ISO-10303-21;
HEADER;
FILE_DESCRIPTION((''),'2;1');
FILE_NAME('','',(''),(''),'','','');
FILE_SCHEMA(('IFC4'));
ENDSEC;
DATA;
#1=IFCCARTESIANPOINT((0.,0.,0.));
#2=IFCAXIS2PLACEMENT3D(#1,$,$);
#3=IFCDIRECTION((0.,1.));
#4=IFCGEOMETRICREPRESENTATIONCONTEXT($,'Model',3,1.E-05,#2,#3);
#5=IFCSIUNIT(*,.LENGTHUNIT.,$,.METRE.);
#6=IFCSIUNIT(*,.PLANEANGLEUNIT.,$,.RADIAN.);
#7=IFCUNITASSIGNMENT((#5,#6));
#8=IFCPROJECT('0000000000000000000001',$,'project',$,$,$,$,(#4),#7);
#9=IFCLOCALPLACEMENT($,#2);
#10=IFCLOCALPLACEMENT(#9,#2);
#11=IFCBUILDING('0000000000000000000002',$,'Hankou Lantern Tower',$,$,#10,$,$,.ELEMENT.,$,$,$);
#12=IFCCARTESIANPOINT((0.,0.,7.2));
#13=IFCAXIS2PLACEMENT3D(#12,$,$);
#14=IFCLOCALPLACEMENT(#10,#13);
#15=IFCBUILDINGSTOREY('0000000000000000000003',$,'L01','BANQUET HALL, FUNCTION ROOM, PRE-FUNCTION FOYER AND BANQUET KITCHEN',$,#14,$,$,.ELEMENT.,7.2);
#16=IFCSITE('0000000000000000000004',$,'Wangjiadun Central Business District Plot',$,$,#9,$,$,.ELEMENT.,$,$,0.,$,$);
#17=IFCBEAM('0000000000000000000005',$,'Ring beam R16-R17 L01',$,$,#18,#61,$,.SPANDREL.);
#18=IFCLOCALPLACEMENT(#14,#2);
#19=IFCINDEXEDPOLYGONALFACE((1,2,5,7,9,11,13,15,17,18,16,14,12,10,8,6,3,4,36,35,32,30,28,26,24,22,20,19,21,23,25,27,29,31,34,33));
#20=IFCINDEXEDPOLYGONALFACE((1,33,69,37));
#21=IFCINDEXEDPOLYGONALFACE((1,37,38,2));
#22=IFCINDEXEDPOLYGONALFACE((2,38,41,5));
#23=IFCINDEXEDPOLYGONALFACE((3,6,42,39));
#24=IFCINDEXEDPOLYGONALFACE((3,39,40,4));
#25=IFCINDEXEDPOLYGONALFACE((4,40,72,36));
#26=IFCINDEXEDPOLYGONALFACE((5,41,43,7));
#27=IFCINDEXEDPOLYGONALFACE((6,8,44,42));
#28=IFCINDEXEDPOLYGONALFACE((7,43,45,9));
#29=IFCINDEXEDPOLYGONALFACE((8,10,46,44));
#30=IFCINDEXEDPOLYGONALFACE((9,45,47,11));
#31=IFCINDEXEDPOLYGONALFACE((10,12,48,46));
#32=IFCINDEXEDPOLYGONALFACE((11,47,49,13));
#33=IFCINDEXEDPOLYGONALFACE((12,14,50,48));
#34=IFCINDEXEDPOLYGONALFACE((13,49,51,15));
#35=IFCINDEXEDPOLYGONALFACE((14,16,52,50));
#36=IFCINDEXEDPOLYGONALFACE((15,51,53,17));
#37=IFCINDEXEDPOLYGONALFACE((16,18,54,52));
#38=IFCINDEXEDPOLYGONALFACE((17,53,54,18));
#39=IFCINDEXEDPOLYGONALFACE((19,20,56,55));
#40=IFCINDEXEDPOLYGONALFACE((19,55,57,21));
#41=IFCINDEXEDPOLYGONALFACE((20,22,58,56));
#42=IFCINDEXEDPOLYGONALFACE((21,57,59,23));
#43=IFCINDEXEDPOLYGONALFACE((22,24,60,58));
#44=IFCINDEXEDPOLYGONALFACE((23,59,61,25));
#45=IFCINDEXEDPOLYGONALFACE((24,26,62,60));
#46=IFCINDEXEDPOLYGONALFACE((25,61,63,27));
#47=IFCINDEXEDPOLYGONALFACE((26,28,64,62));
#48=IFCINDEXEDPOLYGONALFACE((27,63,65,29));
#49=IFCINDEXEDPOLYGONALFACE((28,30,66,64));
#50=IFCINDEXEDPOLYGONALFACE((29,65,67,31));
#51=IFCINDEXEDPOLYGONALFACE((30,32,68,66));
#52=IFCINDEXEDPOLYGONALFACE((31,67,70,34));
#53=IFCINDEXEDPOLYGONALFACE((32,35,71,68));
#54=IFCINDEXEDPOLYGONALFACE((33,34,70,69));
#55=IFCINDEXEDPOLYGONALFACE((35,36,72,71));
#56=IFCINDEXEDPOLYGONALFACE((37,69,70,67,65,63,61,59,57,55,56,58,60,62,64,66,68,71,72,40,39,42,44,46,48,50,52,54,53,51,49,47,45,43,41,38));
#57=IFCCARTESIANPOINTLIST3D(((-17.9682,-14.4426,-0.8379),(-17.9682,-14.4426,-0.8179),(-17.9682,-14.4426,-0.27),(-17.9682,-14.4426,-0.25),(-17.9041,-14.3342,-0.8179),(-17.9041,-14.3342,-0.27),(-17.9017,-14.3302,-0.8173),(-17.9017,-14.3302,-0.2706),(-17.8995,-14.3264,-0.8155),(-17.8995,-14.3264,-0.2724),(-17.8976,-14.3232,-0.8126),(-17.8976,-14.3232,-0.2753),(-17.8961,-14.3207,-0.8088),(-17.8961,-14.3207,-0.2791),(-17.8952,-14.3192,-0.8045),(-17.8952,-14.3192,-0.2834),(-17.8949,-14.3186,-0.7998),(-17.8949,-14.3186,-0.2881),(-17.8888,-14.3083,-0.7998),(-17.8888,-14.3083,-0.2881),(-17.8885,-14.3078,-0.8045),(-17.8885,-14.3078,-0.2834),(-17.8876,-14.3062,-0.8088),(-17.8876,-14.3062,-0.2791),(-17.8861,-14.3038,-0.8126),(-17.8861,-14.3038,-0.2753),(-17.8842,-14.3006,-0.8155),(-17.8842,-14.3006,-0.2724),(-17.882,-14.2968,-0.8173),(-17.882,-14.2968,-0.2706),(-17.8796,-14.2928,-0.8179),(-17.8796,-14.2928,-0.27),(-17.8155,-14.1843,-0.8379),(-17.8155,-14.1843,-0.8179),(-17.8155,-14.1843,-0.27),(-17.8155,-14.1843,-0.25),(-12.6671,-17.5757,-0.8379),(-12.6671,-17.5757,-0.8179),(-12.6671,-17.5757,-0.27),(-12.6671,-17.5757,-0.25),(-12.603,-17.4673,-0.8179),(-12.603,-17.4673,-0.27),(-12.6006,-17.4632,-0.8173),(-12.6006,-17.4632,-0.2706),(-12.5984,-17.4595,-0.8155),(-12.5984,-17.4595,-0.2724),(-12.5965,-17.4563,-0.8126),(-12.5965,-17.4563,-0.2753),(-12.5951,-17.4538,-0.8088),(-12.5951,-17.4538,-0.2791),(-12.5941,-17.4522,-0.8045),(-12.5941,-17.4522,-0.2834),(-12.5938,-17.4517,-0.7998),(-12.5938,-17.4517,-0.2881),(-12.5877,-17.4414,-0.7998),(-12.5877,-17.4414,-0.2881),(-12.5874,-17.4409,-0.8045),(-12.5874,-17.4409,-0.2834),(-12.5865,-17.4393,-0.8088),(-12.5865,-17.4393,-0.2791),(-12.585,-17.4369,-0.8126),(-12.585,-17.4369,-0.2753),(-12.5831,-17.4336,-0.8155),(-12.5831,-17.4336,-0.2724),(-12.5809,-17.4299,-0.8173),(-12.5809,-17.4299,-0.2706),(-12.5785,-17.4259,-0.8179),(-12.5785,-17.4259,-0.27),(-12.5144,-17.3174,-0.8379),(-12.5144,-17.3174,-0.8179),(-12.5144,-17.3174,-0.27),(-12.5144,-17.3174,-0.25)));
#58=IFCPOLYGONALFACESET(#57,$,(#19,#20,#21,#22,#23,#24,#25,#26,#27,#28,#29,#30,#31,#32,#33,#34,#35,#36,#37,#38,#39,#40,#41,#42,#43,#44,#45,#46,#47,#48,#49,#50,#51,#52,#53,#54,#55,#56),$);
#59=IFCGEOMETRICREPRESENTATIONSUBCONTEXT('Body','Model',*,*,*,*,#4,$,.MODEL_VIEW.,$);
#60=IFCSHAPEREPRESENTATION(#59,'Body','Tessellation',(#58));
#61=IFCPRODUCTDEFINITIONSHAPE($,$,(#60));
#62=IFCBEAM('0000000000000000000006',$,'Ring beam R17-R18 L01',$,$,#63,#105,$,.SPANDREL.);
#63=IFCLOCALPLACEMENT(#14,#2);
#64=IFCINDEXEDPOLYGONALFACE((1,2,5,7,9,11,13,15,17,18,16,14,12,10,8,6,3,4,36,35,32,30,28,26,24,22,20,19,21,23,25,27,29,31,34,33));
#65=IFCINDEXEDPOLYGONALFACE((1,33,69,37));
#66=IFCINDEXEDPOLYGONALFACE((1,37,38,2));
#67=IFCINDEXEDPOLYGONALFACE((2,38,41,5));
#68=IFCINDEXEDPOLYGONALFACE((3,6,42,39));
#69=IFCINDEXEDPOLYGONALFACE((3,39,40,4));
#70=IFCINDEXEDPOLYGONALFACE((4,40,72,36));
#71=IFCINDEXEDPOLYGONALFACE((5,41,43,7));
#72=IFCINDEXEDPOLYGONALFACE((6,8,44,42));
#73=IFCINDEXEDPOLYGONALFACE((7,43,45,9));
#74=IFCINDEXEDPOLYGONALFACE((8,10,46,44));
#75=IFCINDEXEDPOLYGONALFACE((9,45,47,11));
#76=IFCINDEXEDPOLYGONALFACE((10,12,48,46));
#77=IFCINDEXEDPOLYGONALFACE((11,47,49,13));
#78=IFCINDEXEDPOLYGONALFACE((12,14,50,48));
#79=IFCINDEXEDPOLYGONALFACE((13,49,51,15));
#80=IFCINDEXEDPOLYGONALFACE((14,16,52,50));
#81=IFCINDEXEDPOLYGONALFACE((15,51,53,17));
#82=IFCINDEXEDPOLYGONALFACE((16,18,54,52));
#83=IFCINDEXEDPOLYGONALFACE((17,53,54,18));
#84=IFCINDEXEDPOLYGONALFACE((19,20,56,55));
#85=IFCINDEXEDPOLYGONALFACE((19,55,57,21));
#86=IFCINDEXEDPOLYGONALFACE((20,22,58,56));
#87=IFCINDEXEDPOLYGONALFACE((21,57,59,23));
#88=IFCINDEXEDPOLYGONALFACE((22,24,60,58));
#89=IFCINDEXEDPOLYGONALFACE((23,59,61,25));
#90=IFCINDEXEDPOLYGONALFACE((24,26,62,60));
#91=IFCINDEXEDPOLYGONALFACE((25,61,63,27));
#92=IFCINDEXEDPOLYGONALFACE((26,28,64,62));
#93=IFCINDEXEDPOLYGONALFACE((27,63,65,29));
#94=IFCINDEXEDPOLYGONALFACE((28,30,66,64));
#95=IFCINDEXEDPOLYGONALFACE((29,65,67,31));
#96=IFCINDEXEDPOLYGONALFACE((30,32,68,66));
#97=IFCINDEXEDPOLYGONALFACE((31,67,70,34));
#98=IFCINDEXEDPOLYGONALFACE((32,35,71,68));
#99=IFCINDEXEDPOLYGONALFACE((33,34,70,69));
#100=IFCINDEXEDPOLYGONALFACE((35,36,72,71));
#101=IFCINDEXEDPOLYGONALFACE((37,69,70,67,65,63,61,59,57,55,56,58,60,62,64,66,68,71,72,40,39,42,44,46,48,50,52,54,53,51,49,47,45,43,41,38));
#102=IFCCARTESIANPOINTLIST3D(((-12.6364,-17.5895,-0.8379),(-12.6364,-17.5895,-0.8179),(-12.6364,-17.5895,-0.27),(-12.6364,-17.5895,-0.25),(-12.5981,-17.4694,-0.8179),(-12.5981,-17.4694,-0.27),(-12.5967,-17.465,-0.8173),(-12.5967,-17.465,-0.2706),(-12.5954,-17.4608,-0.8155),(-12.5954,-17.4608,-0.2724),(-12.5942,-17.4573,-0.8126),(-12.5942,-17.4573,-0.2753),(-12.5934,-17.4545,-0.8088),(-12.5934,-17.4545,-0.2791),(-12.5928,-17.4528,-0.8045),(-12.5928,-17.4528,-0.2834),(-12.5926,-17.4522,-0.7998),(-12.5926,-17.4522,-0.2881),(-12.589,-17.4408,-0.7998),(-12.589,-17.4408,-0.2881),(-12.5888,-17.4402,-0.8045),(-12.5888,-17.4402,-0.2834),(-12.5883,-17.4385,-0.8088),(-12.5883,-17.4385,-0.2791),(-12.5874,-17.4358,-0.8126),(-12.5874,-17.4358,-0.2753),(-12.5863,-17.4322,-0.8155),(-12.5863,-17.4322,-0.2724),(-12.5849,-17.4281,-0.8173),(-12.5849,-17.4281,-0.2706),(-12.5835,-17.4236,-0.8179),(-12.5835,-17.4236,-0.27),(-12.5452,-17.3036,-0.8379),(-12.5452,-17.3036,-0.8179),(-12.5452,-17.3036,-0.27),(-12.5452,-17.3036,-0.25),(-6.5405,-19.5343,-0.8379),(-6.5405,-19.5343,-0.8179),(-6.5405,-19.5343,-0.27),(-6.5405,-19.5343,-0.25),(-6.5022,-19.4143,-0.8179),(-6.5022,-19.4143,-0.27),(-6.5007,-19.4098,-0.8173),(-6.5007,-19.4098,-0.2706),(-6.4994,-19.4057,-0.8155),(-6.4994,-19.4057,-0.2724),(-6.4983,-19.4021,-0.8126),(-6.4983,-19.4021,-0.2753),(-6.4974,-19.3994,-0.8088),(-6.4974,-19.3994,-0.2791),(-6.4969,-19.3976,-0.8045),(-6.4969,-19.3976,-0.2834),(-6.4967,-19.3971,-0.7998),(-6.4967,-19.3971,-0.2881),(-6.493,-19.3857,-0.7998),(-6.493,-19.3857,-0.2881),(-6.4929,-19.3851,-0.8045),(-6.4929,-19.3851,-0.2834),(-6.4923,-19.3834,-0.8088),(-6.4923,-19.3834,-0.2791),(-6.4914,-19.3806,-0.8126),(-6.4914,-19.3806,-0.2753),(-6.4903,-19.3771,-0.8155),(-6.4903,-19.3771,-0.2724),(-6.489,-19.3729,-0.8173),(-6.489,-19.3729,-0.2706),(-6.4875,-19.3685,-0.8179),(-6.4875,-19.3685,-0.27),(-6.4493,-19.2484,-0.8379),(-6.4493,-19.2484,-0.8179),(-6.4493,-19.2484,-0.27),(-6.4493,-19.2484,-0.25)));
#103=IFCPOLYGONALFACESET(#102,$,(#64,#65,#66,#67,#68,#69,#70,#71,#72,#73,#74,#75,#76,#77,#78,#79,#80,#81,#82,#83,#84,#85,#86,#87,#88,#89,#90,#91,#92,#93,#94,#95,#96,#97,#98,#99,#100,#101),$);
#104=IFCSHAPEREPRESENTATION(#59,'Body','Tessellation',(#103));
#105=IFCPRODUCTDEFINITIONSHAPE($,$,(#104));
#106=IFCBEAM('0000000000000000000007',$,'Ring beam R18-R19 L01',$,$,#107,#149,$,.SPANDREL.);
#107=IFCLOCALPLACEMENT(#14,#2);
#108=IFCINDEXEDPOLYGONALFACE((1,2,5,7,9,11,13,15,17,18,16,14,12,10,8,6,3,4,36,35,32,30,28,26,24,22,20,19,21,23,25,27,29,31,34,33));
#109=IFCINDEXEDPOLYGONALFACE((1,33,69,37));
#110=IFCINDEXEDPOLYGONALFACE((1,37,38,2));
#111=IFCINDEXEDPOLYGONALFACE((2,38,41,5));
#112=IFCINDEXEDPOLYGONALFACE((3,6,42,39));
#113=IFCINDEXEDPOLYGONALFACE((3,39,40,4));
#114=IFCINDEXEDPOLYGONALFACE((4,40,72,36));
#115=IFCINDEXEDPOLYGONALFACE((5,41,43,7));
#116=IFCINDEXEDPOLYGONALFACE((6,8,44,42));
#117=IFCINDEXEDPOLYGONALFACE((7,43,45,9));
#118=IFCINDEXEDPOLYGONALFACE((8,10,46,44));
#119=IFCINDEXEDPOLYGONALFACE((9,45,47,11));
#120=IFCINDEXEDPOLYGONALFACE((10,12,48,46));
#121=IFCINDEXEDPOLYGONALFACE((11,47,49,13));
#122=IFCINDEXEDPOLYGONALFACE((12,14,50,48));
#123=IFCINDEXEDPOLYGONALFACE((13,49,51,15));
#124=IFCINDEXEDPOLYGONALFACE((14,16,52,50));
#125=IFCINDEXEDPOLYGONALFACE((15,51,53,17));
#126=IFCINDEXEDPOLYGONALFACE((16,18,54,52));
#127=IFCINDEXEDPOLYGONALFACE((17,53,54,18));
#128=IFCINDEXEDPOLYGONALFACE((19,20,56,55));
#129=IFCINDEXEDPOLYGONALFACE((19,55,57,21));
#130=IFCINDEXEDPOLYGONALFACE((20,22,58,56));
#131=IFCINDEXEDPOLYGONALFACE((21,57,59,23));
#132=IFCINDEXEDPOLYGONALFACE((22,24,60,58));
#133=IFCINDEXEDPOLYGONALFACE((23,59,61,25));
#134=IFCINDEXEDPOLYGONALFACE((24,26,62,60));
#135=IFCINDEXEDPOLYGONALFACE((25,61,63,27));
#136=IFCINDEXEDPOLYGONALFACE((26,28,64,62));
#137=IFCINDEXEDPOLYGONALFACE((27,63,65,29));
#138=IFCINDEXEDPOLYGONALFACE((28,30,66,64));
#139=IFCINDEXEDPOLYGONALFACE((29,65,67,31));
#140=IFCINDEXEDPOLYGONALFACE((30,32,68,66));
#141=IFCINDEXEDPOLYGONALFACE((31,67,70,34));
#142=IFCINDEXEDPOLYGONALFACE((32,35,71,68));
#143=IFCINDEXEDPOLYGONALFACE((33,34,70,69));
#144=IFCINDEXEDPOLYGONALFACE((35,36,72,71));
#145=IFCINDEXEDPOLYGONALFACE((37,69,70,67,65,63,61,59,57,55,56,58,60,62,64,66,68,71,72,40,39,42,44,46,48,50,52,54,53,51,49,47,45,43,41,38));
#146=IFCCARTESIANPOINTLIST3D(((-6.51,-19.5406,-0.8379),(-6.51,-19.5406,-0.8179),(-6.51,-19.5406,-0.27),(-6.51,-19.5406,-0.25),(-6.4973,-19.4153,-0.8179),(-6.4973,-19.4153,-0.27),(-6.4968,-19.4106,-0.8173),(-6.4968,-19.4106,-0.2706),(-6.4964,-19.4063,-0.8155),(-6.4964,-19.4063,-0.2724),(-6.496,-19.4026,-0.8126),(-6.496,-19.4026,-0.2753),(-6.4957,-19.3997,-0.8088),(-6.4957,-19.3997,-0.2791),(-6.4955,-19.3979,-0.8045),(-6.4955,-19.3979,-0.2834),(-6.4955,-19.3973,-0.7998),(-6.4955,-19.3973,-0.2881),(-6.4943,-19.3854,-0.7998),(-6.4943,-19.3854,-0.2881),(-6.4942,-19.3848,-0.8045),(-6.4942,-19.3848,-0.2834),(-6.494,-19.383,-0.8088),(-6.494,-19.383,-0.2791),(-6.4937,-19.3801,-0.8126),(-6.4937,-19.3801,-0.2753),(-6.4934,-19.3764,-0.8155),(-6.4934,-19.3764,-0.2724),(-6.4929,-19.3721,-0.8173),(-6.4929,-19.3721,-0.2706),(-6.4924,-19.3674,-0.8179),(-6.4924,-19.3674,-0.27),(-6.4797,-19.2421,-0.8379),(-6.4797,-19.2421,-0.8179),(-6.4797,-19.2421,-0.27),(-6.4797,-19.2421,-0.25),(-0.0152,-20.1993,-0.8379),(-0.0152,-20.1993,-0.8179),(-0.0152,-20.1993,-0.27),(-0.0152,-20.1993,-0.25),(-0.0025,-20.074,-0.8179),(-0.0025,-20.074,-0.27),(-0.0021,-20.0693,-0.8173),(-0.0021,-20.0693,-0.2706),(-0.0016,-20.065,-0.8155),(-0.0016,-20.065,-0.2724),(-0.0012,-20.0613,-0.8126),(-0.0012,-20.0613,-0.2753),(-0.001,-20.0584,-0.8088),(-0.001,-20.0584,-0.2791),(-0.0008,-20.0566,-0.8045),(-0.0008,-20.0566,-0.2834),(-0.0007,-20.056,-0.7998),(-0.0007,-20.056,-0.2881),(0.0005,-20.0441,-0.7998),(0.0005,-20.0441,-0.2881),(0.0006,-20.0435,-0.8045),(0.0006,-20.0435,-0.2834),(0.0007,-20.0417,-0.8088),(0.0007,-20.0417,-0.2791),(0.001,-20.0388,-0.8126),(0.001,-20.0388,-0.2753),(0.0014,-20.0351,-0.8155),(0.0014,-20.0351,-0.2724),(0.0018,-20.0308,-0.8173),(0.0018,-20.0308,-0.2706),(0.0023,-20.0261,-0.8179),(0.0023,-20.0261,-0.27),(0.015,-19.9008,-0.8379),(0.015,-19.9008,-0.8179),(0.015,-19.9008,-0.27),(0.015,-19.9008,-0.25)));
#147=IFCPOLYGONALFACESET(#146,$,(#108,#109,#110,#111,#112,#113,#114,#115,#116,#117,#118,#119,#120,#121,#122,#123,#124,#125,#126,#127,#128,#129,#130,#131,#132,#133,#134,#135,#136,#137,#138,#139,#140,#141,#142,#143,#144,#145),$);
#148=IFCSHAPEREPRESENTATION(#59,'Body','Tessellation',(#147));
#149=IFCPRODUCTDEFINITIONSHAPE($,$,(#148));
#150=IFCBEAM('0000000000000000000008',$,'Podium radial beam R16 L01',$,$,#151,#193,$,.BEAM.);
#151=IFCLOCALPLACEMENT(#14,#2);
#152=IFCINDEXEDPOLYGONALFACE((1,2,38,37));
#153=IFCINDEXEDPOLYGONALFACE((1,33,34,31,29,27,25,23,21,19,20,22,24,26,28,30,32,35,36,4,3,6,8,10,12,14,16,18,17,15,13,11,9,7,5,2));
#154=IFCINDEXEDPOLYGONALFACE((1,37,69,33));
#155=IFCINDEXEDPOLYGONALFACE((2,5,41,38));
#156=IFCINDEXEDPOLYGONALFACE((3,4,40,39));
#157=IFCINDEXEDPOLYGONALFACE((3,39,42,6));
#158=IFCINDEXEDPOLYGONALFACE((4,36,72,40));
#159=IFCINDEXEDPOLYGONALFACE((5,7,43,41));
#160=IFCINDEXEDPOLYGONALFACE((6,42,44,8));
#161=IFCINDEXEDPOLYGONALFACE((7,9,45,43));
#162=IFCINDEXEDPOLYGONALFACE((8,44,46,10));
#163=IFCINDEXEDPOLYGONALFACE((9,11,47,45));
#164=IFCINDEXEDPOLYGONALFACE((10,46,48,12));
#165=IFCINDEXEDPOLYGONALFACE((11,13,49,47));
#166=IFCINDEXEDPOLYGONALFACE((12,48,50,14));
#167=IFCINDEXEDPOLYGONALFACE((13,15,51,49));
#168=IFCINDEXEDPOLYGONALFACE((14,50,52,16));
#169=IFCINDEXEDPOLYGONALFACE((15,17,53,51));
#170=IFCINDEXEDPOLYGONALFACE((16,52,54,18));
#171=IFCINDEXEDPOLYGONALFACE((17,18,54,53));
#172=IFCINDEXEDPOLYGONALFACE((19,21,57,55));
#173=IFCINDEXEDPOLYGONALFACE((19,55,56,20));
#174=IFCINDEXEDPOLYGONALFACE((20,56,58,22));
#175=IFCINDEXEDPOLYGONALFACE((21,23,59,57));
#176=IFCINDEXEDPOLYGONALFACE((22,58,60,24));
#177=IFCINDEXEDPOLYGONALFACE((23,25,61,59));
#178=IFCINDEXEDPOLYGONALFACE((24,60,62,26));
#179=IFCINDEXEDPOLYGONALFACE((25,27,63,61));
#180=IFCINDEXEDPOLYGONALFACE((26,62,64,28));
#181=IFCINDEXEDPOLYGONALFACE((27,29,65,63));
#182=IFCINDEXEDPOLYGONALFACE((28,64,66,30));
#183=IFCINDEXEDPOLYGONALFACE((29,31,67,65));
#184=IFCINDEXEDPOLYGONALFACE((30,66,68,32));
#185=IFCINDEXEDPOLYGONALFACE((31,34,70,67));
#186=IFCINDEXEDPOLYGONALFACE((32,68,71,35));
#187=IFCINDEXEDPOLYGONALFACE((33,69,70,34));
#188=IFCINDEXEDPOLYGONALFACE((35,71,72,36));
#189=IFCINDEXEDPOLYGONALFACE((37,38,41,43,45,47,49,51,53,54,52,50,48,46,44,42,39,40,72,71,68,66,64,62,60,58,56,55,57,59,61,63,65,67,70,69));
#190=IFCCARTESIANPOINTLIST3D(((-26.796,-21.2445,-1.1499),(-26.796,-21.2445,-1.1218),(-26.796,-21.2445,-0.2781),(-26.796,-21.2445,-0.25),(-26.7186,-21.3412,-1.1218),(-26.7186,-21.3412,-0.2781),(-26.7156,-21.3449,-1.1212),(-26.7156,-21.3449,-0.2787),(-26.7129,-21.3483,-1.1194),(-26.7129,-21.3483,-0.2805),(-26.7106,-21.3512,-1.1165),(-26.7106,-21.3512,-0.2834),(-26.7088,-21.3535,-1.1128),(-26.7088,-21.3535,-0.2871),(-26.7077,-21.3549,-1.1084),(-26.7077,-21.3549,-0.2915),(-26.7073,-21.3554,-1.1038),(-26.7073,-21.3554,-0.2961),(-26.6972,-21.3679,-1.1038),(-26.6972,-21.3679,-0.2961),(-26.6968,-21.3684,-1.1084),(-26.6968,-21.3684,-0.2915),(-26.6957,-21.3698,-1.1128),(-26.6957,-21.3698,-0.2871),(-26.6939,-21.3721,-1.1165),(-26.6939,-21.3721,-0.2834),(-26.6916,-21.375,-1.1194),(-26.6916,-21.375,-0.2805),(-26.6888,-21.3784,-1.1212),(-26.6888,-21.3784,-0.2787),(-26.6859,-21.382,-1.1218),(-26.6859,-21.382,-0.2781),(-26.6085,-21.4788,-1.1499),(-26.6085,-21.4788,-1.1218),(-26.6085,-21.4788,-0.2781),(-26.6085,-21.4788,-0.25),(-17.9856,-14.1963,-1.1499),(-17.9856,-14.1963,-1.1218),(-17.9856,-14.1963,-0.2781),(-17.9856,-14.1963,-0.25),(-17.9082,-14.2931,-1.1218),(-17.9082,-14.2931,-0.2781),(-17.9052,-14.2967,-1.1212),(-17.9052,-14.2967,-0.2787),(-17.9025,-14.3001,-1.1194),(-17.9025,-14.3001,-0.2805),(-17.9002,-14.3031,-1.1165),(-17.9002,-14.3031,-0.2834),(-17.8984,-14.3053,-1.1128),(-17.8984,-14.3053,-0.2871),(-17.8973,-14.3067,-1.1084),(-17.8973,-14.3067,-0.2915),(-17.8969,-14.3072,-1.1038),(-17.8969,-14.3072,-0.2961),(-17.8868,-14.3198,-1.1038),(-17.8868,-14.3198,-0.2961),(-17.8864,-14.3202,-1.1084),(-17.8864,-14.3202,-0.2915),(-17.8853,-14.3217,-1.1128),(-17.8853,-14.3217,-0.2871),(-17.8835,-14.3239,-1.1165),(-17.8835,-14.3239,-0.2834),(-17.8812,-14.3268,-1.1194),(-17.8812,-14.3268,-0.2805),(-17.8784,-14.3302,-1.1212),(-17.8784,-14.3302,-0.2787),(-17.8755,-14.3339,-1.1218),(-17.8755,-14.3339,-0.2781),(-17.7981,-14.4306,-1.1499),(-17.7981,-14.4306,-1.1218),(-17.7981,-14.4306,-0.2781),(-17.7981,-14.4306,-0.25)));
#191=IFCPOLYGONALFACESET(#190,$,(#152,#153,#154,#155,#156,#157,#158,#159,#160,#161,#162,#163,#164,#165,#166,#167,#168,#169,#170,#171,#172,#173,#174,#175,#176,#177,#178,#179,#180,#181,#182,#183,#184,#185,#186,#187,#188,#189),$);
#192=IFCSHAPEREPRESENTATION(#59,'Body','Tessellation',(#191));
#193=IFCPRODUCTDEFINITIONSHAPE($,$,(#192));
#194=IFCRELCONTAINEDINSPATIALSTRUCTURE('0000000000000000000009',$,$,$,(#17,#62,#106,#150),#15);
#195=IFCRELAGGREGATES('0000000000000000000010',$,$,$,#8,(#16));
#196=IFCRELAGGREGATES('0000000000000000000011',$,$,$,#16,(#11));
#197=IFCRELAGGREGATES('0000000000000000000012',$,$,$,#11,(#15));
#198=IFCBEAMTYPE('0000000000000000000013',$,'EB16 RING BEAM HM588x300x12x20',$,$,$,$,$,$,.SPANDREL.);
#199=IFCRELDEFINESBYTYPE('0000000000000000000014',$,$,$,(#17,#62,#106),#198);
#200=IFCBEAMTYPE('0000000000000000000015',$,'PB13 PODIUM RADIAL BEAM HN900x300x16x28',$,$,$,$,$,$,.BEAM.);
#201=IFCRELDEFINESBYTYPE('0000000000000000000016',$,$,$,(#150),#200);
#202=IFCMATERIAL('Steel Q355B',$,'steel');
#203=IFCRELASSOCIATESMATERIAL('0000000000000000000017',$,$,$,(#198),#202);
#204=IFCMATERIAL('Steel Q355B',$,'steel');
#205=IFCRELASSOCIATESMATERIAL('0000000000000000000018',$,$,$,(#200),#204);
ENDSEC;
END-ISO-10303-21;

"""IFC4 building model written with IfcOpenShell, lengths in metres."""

from ifc_helpers import new_model, si_unit, direction, frame, origin, origin_2d, place, context, subcontext, project, spatial, i_section, extrude, material, material_profile, profile_set, type_object, element, save


model = new_model("IFC4")

# Units and contexts
model_context = context("Model", 3, precision=1e-05, world=origin(), true_north=direction((0.0, 1.0)))
body_context = subcontext(model_context, "Body", "Model", "MODEL_VIEW")
ifc_project = project(units=[si_unit("LENGTHUNIT", "METRE"), si_unit("PLANEANGLEUNIT", "RADIAN")], contexts=[model_context])

# Site, building, storey
site_placement = place(None, origin())
site = spatial("IfcSite", under=ifc_project, at=site_placement, Name="Wangjiadun Central Business District Plot", CompositionType="ELEMENT", RefElevation=0.0)
building_placement = place(site_placement, origin())
building = spatial("IfcBuilding", under=site, at=building_placement, Name="Hankou Lantern Tower", CompositionType="ELEMENT")
storey_placement = place(building_placement, frame((0.0, 0.0, 7.2)))
storey = spatial("IfcBuildingStorey", under=building, at=storey_placement, Name="L01", Description="BANQUET HALL, FUNCTION ROOM, PRE-FUNCTION FOYER AND BANQUET KITCHEN", CompositionType="ELEMENT", Elevation=7.2)

# Beams
ifc_material_1 = material(Name="Steel Q355B", Category="steel")
ifc_material_profile_1 = material_profile(ifc_material_1, i_section(OverallWidth=0.3, OverallDepth=0.5879, WebThickness=0.012, FlangeThickness=0.02, FilletRadius=0.0181, at=origin_2d()), Name="HM588x300x12x20")
ifc_profile_set_1 = profile_set([ifc_material_profile_1], Name="Steel Q355B")
beam_type_1 = type_object("IfcBeamType", Name="EB16 RING BEAM HM588x300x12x20", PredefinedType="SPANDREL", material=ifc_profile_set_1)
beam_1_placement = place(storey_placement, frame((-17.8918, -14.3135, -0.5439), z_axis=(0.860882, -0.508805, 0.0), x_axis=(0.508805, 0.860882, 0.0)))
element("IfcBeam", 1, at=beam_1_placement, inside=storey, type_object=beam_type_1, Name="Ring beam R16-R17 L01", PredefinedType="SPANDREL", context=body_context, shape_type="SweptSolid", body=[
    extrude(i_section(OverallWidth=0.3, OverallDepth=0.5879, WebThickness=0.012, FlangeThickness=0.02, FilletRadius=0.0181, at=origin_2d()), origin(), (0.0, 0.0, 1.0), 6.1577),
])
beam_2_placement = place(storey_placement, frame((-12.5908, -17.4465, -0.5439), z_axis=(0.95269, -0.303942, 0.0), x_axis=(0.303942, 0.95269, 0.0)))
element("IfcBeam", 2, at=beam_2_placement, inside=storey, type_object=beam_type_1, Name="Ring beam R17-R18 L01", PredefinedType="SPANDREL", context=body_context, shape_type="SweptSolid", body=[
    extrude(i_section(OverallWidth=0.3, OverallDepth=0.5879, WebThickness=0.012, FlangeThickness=0.02, FilletRadius=0.0181, at=origin_2d()), origin(), (0.0, 0.0, 1.0), 6.3987),
])
beam_3_placement = place(storey_placement, frame((-6.4949, -19.3914, -0.5439), z_axis=(0.994897, -0.1009, 0.0), x_axis=(0.1009, 0.994897, 0.0)))
element("IfcBeam", 3, at=beam_3_placement, inside=storey, type_object=beam_type_1, Name="Ring beam R18-R19 L01", PredefinedType="SPANDREL", context=body_context, shape_type="SweptSolid", body=[
    extrude(i_section(OverallWidth=0.3, OverallDepth=0.5879, WebThickness=0.012, FlangeThickness=0.02, FilletRadius=0.0181, at=origin_2d()), origin(), (0.0, 0.0, 1.0), 6.5281),
])
ifc_material_2 = material(Name="Steel Q355B", Category="steel")
ifc_material_profile_2 = material_profile(ifc_material_2, i_section(OverallWidth=0.3, OverallDepth=0.8999, WebThickness=0.0161, FlangeThickness=0.0281, FilletRadius=0.0181, at=origin_2d()), Name="HN900x300x16x28")
ifc_profile_set_2 = profile_set([ifc_material_profile_2], Name="Steel Q355B")
beam_type_2 = type_object("IfcBeamType", Name="PB13 PODIUM RADIAL BEAM HN900x300x16x28", PredefinedType="BEAM", material=ifc_profile_set_2)
beam_4_placement = place(storey_placement, frame((-17.8918, -14.3135, -0.7), z_axis=(-0.780875, -0.624687, 0.0), x_axis=(0.624687, -0.780875, 0.0)))
element("IfcBeam", 4, at=beam_4_placement, inside=storey, type_object=beam_type_2, Name="Podium radial beam R16 L01", PredefinedType="BEAM", context=body_context, shape_type="SweptSolid", body=[
    extrude(i_section(OverallWidth=0.3, OverallDepth=0.8999, WebThickness=0.0161, FlangeThickness=0.0281, FilletRadius=0.0181, at=origin_2d()), origin(), (0.0, 0.0, 1.0), 11.2827),
])

save(model, "model.ifc")
